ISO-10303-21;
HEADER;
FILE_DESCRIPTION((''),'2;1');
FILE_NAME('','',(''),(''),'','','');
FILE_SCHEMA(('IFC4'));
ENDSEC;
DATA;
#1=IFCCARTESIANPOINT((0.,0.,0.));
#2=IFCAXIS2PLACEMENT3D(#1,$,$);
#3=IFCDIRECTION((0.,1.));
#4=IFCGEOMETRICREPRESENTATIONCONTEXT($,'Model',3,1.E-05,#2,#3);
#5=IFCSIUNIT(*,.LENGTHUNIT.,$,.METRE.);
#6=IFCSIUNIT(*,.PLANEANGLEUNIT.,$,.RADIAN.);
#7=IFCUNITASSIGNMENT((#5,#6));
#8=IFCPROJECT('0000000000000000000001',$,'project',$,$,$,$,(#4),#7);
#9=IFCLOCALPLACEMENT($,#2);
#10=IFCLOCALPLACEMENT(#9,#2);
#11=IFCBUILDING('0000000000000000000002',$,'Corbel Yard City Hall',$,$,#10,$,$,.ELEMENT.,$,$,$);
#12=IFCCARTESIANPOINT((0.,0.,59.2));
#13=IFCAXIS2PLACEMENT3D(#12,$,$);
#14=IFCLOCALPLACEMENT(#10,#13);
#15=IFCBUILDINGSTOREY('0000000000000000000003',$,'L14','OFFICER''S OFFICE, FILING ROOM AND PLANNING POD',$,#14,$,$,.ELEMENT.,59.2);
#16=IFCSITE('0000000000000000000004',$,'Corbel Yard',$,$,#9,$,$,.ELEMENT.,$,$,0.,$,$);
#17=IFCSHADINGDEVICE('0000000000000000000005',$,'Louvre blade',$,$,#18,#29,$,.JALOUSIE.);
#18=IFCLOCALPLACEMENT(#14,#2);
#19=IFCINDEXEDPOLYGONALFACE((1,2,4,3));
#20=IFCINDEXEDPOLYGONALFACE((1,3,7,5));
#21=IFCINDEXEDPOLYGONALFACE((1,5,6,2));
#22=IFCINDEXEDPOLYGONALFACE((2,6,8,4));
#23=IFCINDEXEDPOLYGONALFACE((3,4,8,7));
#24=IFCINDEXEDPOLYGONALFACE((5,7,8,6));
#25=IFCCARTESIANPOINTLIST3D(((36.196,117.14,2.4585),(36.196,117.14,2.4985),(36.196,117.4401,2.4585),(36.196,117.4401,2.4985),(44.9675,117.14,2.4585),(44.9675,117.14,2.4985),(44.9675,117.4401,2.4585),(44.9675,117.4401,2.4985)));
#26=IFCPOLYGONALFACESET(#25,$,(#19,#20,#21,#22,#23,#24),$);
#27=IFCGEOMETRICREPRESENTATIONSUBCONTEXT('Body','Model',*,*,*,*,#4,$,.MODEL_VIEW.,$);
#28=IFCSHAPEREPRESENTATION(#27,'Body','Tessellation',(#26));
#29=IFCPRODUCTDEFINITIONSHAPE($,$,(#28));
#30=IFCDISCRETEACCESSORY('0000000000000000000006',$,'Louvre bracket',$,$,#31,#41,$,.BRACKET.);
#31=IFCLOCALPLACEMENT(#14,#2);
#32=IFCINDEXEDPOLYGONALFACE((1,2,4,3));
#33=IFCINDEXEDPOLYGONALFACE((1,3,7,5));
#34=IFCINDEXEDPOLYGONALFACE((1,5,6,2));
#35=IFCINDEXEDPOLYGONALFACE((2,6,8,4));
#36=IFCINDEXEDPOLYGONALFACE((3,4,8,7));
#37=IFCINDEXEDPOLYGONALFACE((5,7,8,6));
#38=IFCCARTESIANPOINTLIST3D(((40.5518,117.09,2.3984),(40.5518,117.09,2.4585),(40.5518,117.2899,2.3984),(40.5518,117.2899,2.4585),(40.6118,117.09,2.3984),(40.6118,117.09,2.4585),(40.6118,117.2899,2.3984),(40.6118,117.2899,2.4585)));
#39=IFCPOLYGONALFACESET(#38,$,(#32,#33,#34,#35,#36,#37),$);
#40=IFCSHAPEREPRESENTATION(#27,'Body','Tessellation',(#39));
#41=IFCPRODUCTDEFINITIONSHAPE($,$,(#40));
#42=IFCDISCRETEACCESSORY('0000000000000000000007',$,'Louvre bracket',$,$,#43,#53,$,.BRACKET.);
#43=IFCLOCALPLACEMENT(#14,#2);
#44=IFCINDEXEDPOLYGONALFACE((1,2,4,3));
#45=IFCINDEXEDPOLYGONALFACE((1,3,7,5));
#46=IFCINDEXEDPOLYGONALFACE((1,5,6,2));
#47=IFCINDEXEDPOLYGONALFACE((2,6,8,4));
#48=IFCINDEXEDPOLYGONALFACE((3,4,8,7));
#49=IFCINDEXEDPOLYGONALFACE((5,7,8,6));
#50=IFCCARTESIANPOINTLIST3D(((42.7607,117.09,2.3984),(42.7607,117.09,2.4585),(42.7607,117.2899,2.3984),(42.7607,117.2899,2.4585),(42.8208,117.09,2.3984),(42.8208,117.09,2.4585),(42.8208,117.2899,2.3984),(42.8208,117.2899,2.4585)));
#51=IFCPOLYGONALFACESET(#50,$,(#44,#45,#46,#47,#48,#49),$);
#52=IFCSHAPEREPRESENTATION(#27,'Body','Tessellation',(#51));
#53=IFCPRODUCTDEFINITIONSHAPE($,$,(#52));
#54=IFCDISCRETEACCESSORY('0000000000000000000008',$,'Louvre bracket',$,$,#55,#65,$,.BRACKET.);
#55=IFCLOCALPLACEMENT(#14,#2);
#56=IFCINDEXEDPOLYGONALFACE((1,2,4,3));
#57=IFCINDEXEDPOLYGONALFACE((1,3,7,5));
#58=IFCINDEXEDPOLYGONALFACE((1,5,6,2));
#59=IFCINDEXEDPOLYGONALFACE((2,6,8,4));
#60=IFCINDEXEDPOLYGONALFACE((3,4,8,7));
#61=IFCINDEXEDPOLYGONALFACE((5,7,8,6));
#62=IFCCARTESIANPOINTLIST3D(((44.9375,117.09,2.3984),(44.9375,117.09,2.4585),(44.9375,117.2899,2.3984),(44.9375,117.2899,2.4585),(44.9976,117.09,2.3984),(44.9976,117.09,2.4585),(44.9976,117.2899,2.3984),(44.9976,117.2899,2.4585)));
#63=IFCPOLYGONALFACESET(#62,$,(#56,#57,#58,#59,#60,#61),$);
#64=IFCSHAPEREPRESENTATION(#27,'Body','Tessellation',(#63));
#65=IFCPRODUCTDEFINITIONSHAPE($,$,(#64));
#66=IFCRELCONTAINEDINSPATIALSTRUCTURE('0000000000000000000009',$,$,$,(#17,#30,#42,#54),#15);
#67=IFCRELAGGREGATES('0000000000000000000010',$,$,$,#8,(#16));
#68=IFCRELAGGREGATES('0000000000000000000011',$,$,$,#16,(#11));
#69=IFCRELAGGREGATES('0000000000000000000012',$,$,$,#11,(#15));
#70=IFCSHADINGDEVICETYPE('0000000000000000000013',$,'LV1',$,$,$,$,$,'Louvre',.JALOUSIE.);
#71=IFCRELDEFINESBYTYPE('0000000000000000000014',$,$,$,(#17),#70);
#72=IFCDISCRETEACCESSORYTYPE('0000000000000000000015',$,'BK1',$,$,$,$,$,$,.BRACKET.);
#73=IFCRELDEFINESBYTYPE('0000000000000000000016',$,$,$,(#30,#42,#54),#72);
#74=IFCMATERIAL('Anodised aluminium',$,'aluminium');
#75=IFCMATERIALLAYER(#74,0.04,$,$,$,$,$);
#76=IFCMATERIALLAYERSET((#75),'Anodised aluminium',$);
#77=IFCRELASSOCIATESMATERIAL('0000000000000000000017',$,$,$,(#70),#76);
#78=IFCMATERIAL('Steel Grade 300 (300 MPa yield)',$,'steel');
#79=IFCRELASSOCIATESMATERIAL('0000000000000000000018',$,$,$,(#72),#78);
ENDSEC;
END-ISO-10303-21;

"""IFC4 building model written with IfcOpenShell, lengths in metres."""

from ifc_helpers import new_model, si_unit, direction, frame, origin, origin_2d, place, context, subcontext, project, spatial, rectangle, extrude, material, layer, layer_set, type_object, element, save


model = new_model("IFC4")

# Units and contexts
model_context = context("Model", 3, precision=1e-05, world=origin(), true_north=direction((0.0, 1.0)))
body_context = subcontext(model_context, "Body", "Model", "MODEL_VIEW")
ifc_project = project(units=[si_unit("LENGTHUNIT", "METRE"), si_unit("PLANEANGLEUNIT", "RADIAN")], contexts=[model_context])

# Site, building, storey
site_placement = place(None, origin())
site = spatial("IfcSite", under=ifc_project, at=site_placement, Name="Corbel Yard", CompositionType="ELEMENT", RefElevation=0.0)
building_placement = place(site_placement, origin())
building = spatial("IfcBuilding", under=site, at=building_placement, Name="Corbel Yard City Hall", CompositionType="ELEMENT")
storey_placement = place(building_placement, frame((0.0, 0.0, 59.2)))
storey = spatial("IfcBuildingStorey", under=building, at=storey_placement, Name="L14", Description="OFFICER'S OFFICE, FILING ROOM AND PLANNING POD", CompositionType="ELEMENT", Elevation=59.2)

# Shading device
ifc_material_1 = material(Name="Anodised aluminium", Category="aluminium")
ifc_layer_1 = layer(ifc_material_1, 0.04)
ifc_layer_set_1 = layer_set([ifc_layer_1], Name="Anodised aluminium")
shading_device_type = type_object("IfcShadingDeviceType", Name="LV1", ElementType="Louvre", PredefinedType="JALOUSIE", material=ifc_layer_set_1)
shading_device_placement = place(storey_placement, frame((40.5818, 117.29, 2.4585), z_axis=(0.0, 0.0, 1.0), x_axis=(1.0, 0.0, 0.0)))
element("IfcShadingDevice", 1, at=shading_device_placement, inside=storey, type_object=shading_device_type, Name="Louvre blade", PredefinedType="JALOUSIE", context=body_context, shape_type="SweptSolid", body=[
    extrude(rectangle(XDim=8.7715, YDim=0.3, at=origin_2d()), origin(), (0.0, 0.0, 1.0), 0.04),
])

# Discrete accessories
ifc_material_2 = material(Name="Steel Grade 300 (300 MPa yield)", Category="steel")
discrete_accessory_type = type_object("IfcDiscreteAccessoryType", Name="BK1", PredefinedType="BRACKET", material=ifc_material_2)
for number, where, z_axis, x_axis, name in (
    (2, (40.5818, 117.1899, 2.3984), (0.0, 0.0, 1.0), (1.0, 0.0, 0.0), "Louvre bracket"),
    (3, (42.7908, 117.1899, 2.3984), (0.0, 0.0, 1.0), (1.0, 0.0, 0.0), "Louvre bracket"),
    (4, (44.9675, 117.1899, 2.3984), (0.0, 0.0, 1.0), (1.0, 0.0, 0.0), "Louvre bracket"),
):
    element("IfcDiscreteAccessory", number, at=place(storey_placement, frame(where, z_axis=z_axis, x_axis=x_axis)), inside=storey, type_object=discrete_accessory_type, Name=name, PredefinedType="BRACKET", context=body_context, shape_type="SweptSolid", body=[
        extrude(rectangle(XDim=0.0601, YDim=0.2, at=origin_2d()), origin(), (0.0, 0.0, 1.0), 0.0601),
    ])

save(model, "model.ifc")
